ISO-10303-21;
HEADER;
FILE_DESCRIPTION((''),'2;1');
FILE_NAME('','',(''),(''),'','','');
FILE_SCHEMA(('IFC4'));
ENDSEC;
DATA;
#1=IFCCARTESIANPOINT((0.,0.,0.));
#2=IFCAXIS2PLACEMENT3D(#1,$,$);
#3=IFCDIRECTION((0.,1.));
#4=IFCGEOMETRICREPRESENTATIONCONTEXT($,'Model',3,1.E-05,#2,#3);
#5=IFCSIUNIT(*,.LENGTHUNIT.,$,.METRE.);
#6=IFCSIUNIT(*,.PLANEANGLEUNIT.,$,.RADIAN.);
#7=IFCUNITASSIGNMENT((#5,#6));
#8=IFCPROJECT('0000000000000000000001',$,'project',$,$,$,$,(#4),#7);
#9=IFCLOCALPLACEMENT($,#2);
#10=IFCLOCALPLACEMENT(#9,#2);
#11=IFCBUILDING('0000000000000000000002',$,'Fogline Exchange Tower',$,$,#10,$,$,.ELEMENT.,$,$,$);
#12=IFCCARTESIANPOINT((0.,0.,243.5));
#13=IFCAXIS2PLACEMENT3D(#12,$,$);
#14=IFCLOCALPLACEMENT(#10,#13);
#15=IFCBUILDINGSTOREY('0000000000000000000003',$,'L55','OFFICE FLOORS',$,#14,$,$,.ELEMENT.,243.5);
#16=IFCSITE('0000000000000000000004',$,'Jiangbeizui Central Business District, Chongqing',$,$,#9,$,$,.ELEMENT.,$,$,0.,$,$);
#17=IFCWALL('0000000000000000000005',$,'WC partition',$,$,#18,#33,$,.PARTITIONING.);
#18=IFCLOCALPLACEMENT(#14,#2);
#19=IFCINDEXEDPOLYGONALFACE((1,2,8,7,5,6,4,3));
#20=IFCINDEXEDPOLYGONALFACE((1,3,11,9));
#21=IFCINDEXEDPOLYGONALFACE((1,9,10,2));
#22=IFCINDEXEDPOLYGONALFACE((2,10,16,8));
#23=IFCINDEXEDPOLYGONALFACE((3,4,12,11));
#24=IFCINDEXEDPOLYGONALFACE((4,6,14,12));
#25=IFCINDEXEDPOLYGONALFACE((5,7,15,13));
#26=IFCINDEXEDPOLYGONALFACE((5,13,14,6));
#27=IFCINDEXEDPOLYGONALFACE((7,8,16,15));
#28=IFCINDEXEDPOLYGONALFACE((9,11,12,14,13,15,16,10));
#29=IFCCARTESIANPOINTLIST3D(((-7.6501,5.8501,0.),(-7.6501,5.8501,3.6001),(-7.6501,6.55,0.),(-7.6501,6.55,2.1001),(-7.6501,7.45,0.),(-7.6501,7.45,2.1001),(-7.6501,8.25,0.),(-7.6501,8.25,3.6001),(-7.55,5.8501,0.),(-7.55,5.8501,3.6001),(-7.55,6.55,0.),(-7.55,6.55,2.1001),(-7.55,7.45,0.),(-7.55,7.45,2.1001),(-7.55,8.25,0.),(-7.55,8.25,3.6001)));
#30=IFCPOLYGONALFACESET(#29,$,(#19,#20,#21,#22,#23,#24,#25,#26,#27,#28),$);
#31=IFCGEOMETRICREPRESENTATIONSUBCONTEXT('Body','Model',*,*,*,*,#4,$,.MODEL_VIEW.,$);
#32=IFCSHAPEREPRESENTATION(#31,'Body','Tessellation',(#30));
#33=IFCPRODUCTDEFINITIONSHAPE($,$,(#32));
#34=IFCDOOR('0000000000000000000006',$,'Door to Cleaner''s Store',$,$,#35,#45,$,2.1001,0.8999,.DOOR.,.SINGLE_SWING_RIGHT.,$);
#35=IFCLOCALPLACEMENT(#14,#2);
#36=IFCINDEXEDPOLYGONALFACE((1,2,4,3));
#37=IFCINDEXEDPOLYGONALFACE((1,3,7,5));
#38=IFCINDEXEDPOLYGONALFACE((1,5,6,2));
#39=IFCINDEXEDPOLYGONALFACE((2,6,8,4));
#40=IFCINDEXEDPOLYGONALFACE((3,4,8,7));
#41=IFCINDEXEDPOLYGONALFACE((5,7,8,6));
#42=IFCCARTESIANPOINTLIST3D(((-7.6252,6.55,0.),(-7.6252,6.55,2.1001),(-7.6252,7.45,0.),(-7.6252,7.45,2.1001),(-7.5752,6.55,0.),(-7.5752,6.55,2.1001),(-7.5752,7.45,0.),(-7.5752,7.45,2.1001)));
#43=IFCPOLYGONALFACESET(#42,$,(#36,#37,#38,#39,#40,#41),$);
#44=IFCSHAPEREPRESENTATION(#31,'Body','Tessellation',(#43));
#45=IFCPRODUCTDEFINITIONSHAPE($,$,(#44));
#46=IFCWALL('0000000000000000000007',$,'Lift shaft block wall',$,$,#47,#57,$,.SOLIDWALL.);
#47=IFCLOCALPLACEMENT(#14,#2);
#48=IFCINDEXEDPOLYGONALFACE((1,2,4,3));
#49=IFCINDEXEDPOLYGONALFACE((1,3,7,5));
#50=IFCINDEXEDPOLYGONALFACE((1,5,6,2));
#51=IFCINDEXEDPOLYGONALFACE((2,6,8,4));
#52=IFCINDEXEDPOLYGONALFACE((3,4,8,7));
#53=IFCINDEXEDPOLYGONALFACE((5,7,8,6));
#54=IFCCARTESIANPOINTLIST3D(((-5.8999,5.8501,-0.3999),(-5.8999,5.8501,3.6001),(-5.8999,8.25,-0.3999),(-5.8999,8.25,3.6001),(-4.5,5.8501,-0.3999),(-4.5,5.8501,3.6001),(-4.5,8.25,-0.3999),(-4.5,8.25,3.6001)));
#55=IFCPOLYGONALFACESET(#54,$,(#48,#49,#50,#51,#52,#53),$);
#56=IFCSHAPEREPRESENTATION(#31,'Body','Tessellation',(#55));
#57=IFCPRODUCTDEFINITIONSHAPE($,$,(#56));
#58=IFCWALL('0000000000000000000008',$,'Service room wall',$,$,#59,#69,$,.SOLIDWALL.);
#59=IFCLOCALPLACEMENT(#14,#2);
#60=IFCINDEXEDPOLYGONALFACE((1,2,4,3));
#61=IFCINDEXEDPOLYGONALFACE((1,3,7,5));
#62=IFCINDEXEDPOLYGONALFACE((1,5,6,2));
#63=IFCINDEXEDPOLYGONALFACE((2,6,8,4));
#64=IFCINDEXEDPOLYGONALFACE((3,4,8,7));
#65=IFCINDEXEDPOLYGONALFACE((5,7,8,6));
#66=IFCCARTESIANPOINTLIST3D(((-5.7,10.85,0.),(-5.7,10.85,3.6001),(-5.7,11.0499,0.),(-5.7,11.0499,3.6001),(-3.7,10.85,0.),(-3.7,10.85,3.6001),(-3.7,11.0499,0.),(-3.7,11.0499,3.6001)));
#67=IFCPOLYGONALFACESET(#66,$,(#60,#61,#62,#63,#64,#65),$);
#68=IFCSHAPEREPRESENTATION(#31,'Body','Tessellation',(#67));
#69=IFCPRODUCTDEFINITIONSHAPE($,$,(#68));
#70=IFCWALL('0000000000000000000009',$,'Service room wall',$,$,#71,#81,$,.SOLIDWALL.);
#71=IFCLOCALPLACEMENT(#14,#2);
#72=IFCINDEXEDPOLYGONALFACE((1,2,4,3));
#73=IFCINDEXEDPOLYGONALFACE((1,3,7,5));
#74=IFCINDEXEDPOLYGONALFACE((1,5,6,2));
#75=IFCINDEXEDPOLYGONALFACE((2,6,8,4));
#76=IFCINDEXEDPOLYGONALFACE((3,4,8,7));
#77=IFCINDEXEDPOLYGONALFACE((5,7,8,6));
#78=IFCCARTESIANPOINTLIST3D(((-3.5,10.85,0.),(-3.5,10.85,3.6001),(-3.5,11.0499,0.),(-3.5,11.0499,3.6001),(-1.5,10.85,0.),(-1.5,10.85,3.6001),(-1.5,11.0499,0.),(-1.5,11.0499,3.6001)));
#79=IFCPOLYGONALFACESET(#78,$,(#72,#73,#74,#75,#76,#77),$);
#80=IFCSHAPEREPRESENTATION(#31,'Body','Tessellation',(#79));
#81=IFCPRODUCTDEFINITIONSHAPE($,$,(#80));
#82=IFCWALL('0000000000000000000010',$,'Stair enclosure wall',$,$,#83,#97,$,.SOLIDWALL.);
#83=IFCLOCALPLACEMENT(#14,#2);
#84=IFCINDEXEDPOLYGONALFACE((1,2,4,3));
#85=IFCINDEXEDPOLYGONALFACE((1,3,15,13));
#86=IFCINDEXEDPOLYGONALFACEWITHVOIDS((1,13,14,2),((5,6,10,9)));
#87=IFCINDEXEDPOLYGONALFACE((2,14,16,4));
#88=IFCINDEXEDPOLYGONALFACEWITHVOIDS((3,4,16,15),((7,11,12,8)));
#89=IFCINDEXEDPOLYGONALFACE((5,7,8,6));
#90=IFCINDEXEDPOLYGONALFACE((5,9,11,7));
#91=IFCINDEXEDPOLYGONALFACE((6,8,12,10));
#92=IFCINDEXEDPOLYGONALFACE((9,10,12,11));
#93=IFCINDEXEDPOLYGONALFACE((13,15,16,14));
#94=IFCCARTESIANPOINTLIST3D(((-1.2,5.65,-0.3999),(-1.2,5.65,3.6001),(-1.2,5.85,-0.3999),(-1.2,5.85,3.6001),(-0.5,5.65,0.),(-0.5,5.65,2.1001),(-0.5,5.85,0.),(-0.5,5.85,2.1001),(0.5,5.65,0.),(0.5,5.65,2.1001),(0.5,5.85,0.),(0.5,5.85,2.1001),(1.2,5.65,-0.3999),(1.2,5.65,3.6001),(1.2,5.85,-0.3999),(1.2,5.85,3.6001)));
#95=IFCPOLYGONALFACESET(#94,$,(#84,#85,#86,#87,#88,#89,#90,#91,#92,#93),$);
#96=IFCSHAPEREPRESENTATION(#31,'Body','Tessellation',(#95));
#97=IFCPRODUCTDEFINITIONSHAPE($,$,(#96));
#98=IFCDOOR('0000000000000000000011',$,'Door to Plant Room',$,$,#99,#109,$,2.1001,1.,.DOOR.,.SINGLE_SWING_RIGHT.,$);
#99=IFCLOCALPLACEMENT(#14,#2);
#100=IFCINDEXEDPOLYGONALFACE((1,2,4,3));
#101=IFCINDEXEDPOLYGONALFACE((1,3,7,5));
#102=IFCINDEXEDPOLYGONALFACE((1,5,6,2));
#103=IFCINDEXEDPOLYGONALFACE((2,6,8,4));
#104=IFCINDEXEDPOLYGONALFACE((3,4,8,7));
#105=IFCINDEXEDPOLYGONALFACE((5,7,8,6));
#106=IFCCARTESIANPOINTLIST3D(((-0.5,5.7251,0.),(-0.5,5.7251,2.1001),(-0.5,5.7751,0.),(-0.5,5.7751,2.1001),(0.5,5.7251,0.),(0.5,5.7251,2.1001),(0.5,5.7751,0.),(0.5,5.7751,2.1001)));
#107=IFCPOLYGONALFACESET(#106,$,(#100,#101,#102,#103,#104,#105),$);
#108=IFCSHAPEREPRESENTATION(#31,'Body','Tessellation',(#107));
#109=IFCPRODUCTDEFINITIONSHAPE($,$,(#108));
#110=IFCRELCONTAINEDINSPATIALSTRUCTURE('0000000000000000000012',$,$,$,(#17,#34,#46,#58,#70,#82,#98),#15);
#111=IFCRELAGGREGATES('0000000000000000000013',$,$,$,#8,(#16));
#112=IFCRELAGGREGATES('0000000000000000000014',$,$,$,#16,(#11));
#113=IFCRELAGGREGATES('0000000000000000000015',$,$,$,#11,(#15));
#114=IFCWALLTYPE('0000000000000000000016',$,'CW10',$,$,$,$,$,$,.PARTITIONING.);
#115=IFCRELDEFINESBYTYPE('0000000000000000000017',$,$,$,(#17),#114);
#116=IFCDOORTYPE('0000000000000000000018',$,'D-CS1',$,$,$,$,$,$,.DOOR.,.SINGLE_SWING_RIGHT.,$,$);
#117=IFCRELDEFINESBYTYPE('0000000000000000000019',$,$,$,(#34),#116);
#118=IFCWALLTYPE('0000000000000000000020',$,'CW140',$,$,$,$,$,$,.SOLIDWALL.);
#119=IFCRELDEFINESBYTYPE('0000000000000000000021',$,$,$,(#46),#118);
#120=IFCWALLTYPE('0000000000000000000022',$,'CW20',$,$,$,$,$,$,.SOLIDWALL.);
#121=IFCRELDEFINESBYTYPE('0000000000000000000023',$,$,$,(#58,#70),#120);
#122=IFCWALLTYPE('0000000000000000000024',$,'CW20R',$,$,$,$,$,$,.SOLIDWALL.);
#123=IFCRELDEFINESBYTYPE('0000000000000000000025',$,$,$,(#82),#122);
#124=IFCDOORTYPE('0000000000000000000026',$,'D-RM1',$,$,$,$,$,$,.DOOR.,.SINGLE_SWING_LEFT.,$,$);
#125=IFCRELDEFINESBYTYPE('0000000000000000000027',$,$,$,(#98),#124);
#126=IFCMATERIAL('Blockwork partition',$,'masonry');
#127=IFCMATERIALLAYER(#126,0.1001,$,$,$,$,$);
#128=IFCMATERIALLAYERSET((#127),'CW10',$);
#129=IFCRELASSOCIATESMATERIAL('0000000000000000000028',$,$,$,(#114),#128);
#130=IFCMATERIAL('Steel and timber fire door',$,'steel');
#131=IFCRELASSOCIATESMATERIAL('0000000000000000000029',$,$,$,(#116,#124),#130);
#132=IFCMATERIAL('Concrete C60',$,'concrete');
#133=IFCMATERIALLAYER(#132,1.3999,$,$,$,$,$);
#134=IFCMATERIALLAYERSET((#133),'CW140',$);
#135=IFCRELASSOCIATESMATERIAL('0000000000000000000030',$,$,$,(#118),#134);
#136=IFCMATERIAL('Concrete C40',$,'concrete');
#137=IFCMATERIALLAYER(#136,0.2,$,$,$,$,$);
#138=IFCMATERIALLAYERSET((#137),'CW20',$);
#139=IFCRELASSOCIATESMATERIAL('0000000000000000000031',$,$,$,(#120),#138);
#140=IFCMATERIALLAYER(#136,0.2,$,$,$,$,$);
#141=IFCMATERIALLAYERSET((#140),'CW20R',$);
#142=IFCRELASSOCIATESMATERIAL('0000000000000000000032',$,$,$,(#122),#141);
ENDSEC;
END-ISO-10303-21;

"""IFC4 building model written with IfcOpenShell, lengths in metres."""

from ifc_helpers import new_model, si_unit, direction, frame, frame_2d, origin, place, context, subcontext, project, spatial, rectangle, extrude, material, layer, layer_set, type_object, element, fill, save


model = new_model("IFC4")

# Units and contexts
model_context = context("Model", 3, precision=1e-05, world=origin(), true_north=direction((0.0, 1.0)))
body_context = subcontext(model_context, "Body", "Model", "MODEL_VIEW")
ifc_project = project(units=[si_unit("LENGTHUNIT", "METRE"), si_unit("PLANEANGLEUNIT", "RADIAN")], contexts=[model_context])

# Site, building, storey
site_placement = place(None, origin())
site = spatial("IfcSite", under=ifc_project, at=site_placement, Name="Jiangbeizui Central Business District, Chongqing", CompositionType="ELEMENT", RefElevation=0.0)
building_placement = place(site_placement, origin())
building = spatial("IfcBuilding", under=site, at=building_placement, Name="Fogline Exchange Tower", CompositionType="ELEMENT")
storey_placement = place(building_placement, frame((0.0, 0.0, 243.5)))
storey = spatial("IfcBuildingStorey", under=building, at=storey_placement, Name="L55", Description="OFFICE FLOORS", CompositionType="ELEMENT", Elevation=243.5)

# Wall, opening, door
ifc_material_1 = material(Name="Blockwork partition", Category="masonry")
ifc_layer_1 = layer(ifc_material_1, 0.1001)
ifc_layer_set_1 = layer_set([ifc_layer_1], Name="CW10")
wall_type_1 = type_object("IfcWallType", Name="CW10", PredefinedType="PARTITIONING", material=ifc_layer_set_1)
wall_1_placement = place(storey_placement, frame((-7.6001, 5.8501, 0.0), z_axis=(0.0, 0.0, 1.0), x_axis=(0.0, 1.0, 0.0)))
wall_1 = element("IfcWall", 1, at=wall_1_placement, inside=storey, type_object=wall_type_1, Name="WC partition", PredefinedType="PARTITIONING", context=body_context, shape_type="SweptSolid", body=[
    extrude(rectangle(XDim=2.3999, YDim=0.1001, at=frame_2d((1.2, 0.0))), origin(), (0.0, 0.0, 1.0), 3.6001),
])
opening_1_placement = place(wall_1_placement, frame((0.7, 0.0, 0.0)))
opening_1 = element("IfcOpeningElement", 2, at=opening_1_placement, cuts=wall_1, PredefinedType="OPENING", context=body_context, shape_type="SweptSolid", body=[
    extrude(rectangle(XDim=0.8999, YDim=2.1001, at=frame_2d((0.45, 1.05))), frame((0.0, 0.0601, 0.0), z_axis=(0.0, -1.0, 0.0), x_axis=(1.0, 0.0, 0.0)), (0.0, 0.0, 1.0), 0.1201),
])
ifc_material_2 = material(Name="Steel and timber fire door", Category="steel")
door_type_1 = type_object("IfcDoorType", Name="D-CS1", OperationType="SINGLE_SWING_RIGHT", PredefinedType="DOOR", material=ifc_material_2)
door_1_placement = place(opening_1_placement, frame((0.8999, 0.0, 0.0), z_axis=(0.0, 0.0, 1.0), x_axis=(-1.0, 0.0, 0.0)))
door_1 = element("IfcDoor", 3, at=door_1_placement, inside=storey, type_object=door_type_1, Name="Door to Cleaner's Store", OperationType="SINGLE_SWING_RIGHT", OverallHeight=2.1001, OverallWidth=0.8999, PredefinedType="DOOR", context=body_context, shape_type="SweptSolid", body=[
    extrude(rectangle(XDim=0.8999, YDim=2.1001, at=frame_2d((0.45, 1.05))), frame((0.0, 0.0249, 0.0), z_axis=(0.0, -1.0, 0.0), x_axis=(1.0, 0.0, 0.0)), (0.0, 0.0, 1.0), 0.05),
])
fill(opening_1, door_1)

# Walls
ifc_material_3 = material(Name="Concrete C60", Category="concrete")
ifc_layer_2 = layer(ifc_material_3, 1.3999)
ifc_layer_set_2 = layer_set([ifc_layer_2], Name="CW140")
wall_type_2 = type_object("IfcWallType", Name="CW140", PredefinedType="SOLIDWALL", material=ifc_layer_set_2)
wall_2_placement = place(storey_placement, frame((-5.2, 5.8501, -0.3999), z_axis=(0.0, 0.0, 1.0), x_axis=(0.0, 1.0, 0.0)))
element("IfcWall", 4, at=wall_2_placement, inside=storey, type_object=wall_type_2, Name="Lift shaft block wall", PredefinedType="SOLIDWALL", context=body_context, shape_type="SweptSolid", body=[
    extrude(rectangle(XDim=2.3999, YDim=1.3999, at=frame_2d((1.2, 0.0))), origin(), (0.0, 0.0, 1.0), 4.0),
])
ifc_material_4 = material(Name="Concrete C40", Category="concrete")
ifc_layer_3 = layer(ifc_material_4, 0.2)
ifc_layer_set_3 = layer_set([ifc_layer_3], Name="CW20")
wall_type_3 = type_object("IfcWallType", Name="CW20", PredefinedType="SOLIDWALL", material=ifc_layer_set_3)
for number, where, z_axis, x_axis, name in (
    (5, (-5.7, 10.95, 0.0), (0.0, 0.0, 1.0), (1.0, 0.0, 0.0), "Service room wall"),
    (6, (-3.5, 10.95, 0.0), (0.0, 0.0, 1.0), (1.0, 0.0, 0.0), "Service room wall"),
):
    element("IfcWall", number, at=place(storey_placement, frame(where, z_axis=z_axis, x_axis=x_axis)), inside=storey, type_object=wall_type_3, Name=name, PredefinedType="SOLIDWALL", context=body_context, shape_type="SweptSolid", body=[
        extrude(rectangle(XDim=2.0, YDim=0.2, at=frame_2d((1.0, 0.0))), origin(), (0.0, 0.0, 1.0), 3.6001),
    ])

# Wall, opening, door
ifc_layer_4 = layer(ifc_material_4, 0.2)
ifc_layer_set_4 = layer_set([ifc_layer_4], Name="CW20R")
wall_type_4 = type_object("IfcWallType", Name="CW20R", PredefinedType="SOLIDWALL", material=ifc_layer_set_4)
wall_3_placement = place(storey_placement, frame((-1.2, 5.75, -0.3999), z_axis=(0.0, 0.0, 1.0), x_axis=(1.0, 0.0, 0.0)))
wall_3 = element("IfcWall", 7, at=wall_3_placement, inside=storey, type_object=wall_type_4, Name="Stair enclosure wall", PredefinedType="SOLIDWALL", context=body_context, shape_type="SweptSolid", body=[
    extrude(rectangle(XDim=2.3999, YDim=0.2, at=frame_2d((1.2, 0.0))), origin(), (0.0, 0.0, 1.0), 4.0),
])
opening_2_placement = place(wall_3_placement, frame((0.7, 0.0, 0.3999)))
opening_2 = element("IfcOpeningElement", 8, at=opening_2_placement, cuts=wall_3, PredefinedType="OPENING", context=body_context, shape_type="SweptSolid", body=[
    extrude(rectangle(XDim=1.0, YDim=2.1001, at=frame_2d((0.5, 1.05))), frame((0.0, 0.1099, 0.0), z_axis=(0.0, -1.0, 0.0), x_axis=(1.0, 0.0, 0.0)), (0.0, 0.0, 1.0), 0.22),
])
door_type_2 = type_object("IfcDoorType", Name="D-RM1", OperationType="SINGLE_SWING_LEFT", PredefinedType="DOOR", material=ifc_material_2)
door_2_placement = place(opening_2_placement, frame((1.0, 0.0, 0.0), z_axis=(0.0, 0.0, 1.0), x_axis=(-1.0, 0.0, 0.0)))
door_2 = element("IfcDoor", 9, at=door_2_placement, inside=storey, type_object=door_type_2, Name="Door to Plant Room", OperationType="SINGLE_SWING_RIGHT", OverallHeight=2.1001, OverallWidth=1.0, PredefinedType="DOOR", context=body_context, shape_type="SweptSolid", body=[
    extrude(rectangle(XDim=1.0, YDim=2.1001, at=frame_2d((0.5, 1.05))), frame((0.0, 0.0249, 0.0), z_axis=(0.0, -1.0, 0.0), x_axis=(1.0, 0.0, 0.0)), (0.0, 0.0, 1.0), 0.05),
])
fill(opening_2, door_2)

save(model, "model.ifc")
